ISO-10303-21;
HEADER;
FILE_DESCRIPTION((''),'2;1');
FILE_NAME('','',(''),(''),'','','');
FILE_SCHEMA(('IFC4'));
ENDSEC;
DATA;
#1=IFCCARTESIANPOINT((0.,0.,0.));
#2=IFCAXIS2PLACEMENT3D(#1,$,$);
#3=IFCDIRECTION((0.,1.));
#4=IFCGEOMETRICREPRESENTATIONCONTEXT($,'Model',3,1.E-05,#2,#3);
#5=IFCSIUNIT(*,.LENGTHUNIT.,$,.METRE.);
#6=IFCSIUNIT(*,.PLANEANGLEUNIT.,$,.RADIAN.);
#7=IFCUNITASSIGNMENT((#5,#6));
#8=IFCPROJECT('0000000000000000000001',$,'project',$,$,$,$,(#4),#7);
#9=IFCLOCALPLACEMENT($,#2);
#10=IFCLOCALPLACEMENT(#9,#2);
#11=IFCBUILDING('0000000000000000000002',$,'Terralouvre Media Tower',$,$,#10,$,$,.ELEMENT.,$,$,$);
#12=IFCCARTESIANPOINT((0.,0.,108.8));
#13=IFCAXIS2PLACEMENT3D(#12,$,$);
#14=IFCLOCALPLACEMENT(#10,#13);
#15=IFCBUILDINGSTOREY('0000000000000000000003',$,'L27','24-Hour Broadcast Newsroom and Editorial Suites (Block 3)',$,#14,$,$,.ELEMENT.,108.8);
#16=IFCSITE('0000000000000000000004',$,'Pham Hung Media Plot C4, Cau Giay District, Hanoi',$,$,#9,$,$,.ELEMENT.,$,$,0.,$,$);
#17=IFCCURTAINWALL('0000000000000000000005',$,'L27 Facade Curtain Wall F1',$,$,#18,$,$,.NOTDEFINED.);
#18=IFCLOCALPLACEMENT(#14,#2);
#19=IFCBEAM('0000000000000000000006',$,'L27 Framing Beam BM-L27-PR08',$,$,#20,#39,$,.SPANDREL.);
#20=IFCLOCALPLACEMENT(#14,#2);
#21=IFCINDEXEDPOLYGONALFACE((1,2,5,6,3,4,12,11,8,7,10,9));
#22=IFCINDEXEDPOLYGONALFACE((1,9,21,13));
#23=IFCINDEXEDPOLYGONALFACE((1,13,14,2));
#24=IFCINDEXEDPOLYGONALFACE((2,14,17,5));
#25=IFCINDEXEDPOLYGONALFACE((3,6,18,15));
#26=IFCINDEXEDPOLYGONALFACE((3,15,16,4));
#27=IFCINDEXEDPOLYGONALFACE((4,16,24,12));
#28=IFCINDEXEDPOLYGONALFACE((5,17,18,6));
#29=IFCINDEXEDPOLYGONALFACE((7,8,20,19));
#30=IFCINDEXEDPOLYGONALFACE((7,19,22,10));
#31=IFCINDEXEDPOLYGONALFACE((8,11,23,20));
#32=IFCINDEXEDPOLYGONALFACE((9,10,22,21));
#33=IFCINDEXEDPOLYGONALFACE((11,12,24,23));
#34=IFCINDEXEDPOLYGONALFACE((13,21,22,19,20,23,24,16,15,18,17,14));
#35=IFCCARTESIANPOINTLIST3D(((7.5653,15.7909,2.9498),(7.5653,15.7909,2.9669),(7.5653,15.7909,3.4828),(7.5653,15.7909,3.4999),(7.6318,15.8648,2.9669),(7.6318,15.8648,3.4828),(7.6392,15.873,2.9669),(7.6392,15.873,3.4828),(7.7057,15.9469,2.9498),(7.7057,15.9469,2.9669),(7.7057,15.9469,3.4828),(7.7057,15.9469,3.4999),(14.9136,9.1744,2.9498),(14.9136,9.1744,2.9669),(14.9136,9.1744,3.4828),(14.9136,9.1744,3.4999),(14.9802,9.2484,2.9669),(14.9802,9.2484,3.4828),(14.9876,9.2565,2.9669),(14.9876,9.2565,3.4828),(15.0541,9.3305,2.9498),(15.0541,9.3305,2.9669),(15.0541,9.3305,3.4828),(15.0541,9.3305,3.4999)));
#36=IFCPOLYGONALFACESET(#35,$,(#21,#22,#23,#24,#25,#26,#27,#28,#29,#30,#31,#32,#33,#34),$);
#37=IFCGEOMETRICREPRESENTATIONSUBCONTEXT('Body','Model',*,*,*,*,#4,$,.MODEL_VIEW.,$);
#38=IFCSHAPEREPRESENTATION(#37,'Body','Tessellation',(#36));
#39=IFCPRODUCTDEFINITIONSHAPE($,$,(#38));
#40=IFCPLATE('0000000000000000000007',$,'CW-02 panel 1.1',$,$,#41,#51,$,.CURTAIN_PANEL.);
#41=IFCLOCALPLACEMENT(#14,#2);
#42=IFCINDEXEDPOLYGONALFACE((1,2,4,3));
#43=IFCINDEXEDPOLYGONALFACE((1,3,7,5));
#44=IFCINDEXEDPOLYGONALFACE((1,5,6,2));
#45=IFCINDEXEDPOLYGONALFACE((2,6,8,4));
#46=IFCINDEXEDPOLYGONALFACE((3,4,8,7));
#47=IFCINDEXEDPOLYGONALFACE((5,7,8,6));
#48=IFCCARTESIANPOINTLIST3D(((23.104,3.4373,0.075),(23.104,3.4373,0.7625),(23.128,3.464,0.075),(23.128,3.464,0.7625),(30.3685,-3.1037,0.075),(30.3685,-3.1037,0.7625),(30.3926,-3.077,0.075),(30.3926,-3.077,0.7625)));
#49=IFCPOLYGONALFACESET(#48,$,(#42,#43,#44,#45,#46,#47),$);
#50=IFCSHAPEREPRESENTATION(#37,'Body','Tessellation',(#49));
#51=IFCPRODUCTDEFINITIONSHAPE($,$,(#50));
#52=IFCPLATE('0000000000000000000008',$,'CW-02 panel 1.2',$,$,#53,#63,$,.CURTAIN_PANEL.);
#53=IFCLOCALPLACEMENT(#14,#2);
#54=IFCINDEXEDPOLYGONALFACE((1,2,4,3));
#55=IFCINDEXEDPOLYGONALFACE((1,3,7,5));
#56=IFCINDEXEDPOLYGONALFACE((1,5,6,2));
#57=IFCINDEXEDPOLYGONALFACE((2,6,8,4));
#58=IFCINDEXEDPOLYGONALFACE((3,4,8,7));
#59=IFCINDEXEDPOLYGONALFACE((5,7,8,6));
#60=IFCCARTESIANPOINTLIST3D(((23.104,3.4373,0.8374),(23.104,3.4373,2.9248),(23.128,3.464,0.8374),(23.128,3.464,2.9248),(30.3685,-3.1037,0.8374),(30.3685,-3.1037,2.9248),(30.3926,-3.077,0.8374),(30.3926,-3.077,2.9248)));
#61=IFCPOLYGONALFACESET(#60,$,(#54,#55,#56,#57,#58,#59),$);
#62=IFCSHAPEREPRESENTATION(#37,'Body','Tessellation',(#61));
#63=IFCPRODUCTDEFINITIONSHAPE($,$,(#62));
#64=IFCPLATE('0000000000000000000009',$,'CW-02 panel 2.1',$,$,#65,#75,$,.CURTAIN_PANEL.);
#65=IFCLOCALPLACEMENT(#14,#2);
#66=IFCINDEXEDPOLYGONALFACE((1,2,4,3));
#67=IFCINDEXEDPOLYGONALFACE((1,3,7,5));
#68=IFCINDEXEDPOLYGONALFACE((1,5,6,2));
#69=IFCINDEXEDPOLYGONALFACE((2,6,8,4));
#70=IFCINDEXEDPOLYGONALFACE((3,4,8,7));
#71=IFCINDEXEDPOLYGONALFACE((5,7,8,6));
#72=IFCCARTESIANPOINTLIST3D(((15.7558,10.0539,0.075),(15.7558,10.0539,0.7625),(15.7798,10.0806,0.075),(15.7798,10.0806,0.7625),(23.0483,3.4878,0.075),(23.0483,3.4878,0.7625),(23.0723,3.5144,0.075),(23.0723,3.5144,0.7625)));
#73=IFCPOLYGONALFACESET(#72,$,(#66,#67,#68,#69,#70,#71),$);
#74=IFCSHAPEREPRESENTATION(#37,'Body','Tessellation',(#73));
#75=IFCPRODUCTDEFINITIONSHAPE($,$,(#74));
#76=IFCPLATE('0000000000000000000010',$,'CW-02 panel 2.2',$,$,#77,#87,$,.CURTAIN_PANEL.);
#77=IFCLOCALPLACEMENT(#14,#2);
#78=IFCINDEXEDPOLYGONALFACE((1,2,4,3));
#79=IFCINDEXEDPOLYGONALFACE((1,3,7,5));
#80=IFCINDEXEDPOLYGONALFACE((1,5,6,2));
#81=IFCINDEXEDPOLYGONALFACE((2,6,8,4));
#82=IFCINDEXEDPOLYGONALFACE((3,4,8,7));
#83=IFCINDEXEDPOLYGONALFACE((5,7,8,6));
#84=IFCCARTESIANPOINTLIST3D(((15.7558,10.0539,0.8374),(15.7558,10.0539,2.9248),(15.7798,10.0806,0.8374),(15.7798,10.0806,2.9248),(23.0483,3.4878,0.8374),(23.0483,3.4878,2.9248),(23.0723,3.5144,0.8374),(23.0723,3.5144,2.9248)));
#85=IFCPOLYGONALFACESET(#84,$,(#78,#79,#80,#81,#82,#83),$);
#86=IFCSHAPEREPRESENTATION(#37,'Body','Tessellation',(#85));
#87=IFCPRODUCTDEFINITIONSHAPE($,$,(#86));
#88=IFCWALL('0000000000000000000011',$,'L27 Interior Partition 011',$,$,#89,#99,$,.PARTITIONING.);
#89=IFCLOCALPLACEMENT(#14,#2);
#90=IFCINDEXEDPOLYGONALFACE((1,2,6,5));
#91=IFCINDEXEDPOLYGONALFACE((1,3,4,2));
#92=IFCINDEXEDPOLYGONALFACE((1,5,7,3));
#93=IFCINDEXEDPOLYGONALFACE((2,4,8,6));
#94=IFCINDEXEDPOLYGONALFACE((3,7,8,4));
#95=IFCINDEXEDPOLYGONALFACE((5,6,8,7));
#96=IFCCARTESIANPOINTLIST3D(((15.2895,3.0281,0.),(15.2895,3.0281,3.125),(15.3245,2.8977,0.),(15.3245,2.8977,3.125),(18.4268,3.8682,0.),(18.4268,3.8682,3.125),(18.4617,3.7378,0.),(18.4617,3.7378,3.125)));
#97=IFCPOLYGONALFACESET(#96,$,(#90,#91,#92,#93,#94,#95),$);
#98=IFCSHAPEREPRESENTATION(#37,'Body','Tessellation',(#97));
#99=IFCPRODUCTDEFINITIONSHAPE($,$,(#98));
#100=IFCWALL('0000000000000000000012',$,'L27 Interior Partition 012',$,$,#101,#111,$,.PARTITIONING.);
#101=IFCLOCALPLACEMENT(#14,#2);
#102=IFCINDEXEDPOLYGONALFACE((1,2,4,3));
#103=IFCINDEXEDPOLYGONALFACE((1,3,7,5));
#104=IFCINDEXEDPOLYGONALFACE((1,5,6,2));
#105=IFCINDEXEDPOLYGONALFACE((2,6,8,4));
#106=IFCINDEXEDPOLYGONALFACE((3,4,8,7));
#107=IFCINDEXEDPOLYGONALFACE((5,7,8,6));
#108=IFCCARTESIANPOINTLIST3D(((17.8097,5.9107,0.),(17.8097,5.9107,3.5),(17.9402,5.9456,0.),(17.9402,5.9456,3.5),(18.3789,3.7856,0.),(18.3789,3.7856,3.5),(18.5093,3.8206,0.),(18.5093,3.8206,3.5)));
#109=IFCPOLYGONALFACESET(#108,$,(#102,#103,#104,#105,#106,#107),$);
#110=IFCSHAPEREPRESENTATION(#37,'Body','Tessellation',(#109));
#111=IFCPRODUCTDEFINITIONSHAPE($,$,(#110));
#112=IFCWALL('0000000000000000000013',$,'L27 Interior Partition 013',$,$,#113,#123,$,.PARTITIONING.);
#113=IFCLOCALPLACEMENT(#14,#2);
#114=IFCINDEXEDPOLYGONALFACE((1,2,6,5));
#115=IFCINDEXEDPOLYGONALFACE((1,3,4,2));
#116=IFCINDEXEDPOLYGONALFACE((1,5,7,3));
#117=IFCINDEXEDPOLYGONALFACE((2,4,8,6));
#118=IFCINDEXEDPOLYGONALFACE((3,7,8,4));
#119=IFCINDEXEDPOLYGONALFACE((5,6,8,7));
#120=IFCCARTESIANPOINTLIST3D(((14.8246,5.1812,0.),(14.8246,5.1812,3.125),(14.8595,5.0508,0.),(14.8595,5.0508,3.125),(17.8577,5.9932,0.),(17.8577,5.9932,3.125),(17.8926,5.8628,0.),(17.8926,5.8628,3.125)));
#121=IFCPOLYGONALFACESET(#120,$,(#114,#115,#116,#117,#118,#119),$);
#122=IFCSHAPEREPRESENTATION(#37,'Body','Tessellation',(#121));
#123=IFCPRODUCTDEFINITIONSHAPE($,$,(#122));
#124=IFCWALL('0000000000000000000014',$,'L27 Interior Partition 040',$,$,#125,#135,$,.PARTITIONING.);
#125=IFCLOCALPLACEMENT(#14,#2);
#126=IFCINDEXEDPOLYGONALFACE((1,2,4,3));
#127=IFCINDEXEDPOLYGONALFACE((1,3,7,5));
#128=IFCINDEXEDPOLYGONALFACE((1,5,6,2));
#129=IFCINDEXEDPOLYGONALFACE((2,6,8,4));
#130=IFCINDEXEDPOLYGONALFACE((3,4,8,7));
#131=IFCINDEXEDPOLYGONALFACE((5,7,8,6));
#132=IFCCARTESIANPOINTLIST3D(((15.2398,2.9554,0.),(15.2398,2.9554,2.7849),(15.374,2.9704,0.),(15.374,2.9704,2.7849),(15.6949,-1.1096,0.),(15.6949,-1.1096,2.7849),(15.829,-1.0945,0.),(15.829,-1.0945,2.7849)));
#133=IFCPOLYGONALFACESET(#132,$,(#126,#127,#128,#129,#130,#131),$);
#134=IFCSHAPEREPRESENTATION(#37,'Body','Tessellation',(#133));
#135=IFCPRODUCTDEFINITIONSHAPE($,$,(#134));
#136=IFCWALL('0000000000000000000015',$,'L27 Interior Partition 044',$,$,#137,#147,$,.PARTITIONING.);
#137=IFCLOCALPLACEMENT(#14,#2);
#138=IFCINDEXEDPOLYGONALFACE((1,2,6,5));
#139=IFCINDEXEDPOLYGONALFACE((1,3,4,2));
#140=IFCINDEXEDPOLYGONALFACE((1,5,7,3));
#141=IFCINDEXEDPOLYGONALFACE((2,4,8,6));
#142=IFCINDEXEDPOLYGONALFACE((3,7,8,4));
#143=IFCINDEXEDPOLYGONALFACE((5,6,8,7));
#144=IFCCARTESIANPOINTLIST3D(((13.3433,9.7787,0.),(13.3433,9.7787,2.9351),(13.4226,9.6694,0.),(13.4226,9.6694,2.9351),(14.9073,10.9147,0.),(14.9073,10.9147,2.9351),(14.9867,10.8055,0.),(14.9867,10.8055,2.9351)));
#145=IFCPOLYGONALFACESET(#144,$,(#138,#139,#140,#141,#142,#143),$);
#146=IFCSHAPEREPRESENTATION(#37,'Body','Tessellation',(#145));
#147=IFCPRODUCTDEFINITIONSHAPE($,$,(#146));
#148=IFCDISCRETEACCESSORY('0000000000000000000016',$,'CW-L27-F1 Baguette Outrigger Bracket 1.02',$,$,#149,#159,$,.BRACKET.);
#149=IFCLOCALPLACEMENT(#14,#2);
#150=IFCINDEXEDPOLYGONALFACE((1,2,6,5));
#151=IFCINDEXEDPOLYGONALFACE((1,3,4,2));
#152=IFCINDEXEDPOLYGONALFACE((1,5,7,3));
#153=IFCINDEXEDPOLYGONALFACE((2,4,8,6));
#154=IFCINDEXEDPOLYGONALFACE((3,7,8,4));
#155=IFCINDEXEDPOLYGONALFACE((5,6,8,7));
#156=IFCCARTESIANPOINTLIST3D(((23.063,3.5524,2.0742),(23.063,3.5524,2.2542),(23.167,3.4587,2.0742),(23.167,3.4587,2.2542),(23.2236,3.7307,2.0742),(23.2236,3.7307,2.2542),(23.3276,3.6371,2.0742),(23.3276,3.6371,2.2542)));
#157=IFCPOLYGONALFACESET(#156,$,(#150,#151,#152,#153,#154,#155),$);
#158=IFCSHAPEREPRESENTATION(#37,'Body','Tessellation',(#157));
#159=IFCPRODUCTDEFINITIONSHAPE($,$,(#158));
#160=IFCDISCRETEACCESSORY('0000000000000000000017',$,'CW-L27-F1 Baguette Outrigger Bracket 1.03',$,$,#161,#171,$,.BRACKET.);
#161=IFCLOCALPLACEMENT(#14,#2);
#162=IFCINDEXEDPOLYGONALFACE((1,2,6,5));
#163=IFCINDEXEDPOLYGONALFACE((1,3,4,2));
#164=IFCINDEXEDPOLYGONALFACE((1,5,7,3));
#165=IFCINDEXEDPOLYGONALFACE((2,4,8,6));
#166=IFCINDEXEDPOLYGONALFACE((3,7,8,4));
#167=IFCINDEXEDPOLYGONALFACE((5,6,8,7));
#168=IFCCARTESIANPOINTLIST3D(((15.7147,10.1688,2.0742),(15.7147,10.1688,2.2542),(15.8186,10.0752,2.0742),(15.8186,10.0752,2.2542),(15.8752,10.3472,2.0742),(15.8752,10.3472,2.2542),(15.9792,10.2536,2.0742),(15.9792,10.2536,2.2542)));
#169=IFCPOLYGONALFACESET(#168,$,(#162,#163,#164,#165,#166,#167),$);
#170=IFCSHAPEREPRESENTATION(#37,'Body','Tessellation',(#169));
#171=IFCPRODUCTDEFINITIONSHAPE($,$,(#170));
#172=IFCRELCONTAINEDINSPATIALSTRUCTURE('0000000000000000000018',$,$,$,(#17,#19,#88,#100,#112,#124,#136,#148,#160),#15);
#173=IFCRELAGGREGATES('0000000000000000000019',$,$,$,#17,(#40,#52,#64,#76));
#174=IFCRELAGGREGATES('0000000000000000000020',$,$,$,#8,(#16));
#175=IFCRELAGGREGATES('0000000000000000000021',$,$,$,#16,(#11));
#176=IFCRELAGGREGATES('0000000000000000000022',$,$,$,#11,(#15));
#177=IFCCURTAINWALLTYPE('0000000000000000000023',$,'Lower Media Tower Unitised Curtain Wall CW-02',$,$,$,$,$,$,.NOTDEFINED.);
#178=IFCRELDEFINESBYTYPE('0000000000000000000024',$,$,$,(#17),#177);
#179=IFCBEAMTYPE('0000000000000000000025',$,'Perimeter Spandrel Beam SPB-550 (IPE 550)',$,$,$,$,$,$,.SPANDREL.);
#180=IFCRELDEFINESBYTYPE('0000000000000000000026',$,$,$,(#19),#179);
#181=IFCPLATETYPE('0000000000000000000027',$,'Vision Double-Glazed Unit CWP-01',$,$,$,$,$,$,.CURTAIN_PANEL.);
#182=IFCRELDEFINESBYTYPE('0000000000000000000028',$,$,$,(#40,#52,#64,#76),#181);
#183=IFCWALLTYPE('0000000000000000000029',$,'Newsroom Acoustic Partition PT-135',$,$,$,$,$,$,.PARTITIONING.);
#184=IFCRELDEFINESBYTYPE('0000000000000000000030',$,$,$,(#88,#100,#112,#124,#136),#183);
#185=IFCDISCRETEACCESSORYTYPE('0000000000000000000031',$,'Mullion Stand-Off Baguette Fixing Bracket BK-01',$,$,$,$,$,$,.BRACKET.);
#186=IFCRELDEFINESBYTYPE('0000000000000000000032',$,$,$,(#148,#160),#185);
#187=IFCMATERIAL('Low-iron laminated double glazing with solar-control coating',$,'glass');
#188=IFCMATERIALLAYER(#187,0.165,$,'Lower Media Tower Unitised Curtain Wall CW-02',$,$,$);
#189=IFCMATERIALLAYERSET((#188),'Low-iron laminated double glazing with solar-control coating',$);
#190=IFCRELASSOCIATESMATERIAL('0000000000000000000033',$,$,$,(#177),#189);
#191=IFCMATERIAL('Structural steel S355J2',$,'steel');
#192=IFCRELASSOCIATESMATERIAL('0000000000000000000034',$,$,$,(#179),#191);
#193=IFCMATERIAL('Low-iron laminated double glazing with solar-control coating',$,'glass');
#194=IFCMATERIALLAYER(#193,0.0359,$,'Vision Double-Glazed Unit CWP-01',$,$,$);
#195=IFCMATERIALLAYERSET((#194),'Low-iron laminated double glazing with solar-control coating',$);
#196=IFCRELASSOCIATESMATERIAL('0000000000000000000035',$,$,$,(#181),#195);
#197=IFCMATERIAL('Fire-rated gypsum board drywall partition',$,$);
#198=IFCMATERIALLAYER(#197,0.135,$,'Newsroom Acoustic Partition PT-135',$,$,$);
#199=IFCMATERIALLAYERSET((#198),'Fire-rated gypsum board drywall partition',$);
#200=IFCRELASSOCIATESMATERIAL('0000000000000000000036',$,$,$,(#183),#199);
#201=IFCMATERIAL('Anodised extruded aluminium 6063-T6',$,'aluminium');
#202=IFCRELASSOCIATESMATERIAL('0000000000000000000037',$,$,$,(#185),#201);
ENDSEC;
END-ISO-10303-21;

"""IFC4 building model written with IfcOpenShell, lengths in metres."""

from ifc_helpers import new_model, si_unit, direction, frame, frame_2d, origin, origin_2d, place, context, subcontext, project, spatial, rectangle, i_section, extrude, material, layer, layer_set, material_profile, profile_set, type_object, element, aggregate, save


model = new_model("IFC4")

# Units and contexts
model_context = context("Model", 3, precision=1e-05, world=origin(), true_north=direction((0.0, 1.0)))
body_context = subcontext(model_context, "Body", "Model", "MODEL_VIEW")
ifc_project = project(units=[si_unit("LENGTHUNIT", "METRE"), si_unit("PLANEANGLEUNIT", "RADIAN")], contexts=[model_context])

# Site, building, storey
site_placement = place(None, origin())
site = spatial("IfcSite", under=ifc_project, at=site_placement, Name="Pham Hung Media Plot C4, Cau Giay District, Hanoi", CompositionType="ELEMENT", RefElevation=0.0)
building_placement = place(site_placement, origin())
building = spatial("IfcBuilding", under=site, at=building_placement, Name="Terralouvre Media Tower", CompositionType="ELEMENT")
storey_placement = place(building_placement, frame((0.0, 0.0, 108.8)))
storey = spatial("IfcBuildingStorey", under=building, at=storey_placement, Name="L27", Description="24-Hour Broadcast Newsroom and Editorial Suites (Block 3)", CompositionType="ELEMENT", Elevation=108.8)

# Curtain wall
ifc_material_1 = material(Name="Low-iron laminated double glazing with solar-control coating", Category="glass")
ifc_layer_1 = layer(ifc_material_1, 0.165, Name="Lower Media Tower Unitised Curtain Wall CW-02")
ifc_layer_set_1 = layer_set([ifc_layer_1], Name="Low-iron laminated double glazing with solar-control coating")
curtain_wall_type = type_object("IfcCurtainWallType", Name="Lower Media Tower Unitised Curtain Wall CW-02", PredefinedType="NOTDEFINED", material=ifc_layer_set_1)
curtain_wall_placement = place(storey_placement, origin())
curtain_wall = element("IfcCurtainWall", 1, at=curtain_wall_placement, inside=storey, type_object=curtain_wall_type, Name="L27 Facade Curtain Wall F1", PredefinedType="NOTDEFINED")

# Beam
ifc_material_2 = material(Name="Structural steel S355J2", Category="steel")
ifc_material_profile_1 = material_profile(ifc_material_2, i_section(OverallWidth=0.21, OverallDepth=0.55, WebThickness=0.011, FlangeThickness=0.0171, at=origin_2d()), Name="IPE 550")
ifc_profile_set_1 = profile_set([ifc_material_profile_1], Name="Structural steel S355J2")
beam_type_1 = type_object("IfcBeamType", Name="Perimeter Spandrel Beam SPB-550 (IPE 550)", PredefinedType="SPANDREL", material=ifc_profile_set_1)
beam_1_placement = place(storey_placement, frame((14.9839, 9.2524, 3.2249), z_axis=(-0.743148, 0.669127, 0.0), x_axis=(-0.669127, -0.743148, 0.0)))
element("IfcBeam", 2, at=beam_1_placement, inside=storey, type_object=beam_type_1, Name="L27 Framing Beam BM-L27-PR08", PredefinedType="SPANDREL", context=body_context, shape_type="SweptSolid", body=[
    extrude(i_section(OverallWidth=0.21, OverallDepth=0.55, WebThickness=0.011, FlangeThickness=0.0171, at=origin_2d()), origin(), (0.0, 0.0, 1.0), 9.8882),
])

# Plates
ifc_material_3 = material(Name="Low-iron laminated double glazing with solar-control coating", Category="glass")
ifc_layer_2 = layer(ifc_material_3, 0.0359, Name="Vision Double-Glazed Unit CWP-01")
ifc_layer_set_2 = layer_set([ifc_layer_2], Name="Low-iron laminated double glazing with solar-control coating")
plate_type = type_object("IfcPlateType", Name="Vision Double-Glazed Unit CWP-01", PredefinedType="CURTAIN_PANEL", material=ifc_layer_set_2)
plate_1_placement = place(storey_placement, frame((26.7483, 0.1802, 0.075), z_axis=(0.0, 0.0, 1.0), x_axis=(-0.743145, 0.669131, 0.0)))
plate_1 = element("IfcPlate", 3, at=plate_1_placement, type_object=plate_type, Name="CW-02 panel 1.1", PredefinedType="CURTAIN_PANEL", context=body_context, shape_type="SweptSolid", body=[
    extrude(rectangle(XDim=9.7754, YDim=0.0359, at=origin_2d()), origin(), (0.0, 0.0, 1.0), 0.6875),
])
plate_2_placement = place(storey_placement, frame((26.7483, 0.1802, 0.8374), z_axis=(0.0, 0.0, 1.0), x_axis=(-0.743145, 0.669131, 0.0)))
plate_2 = element("IfcPlate", 4, at=plate_2_placement, type_object=plate_type, Name="CW-02 panel 1.2", PredefinedType="CURTAIN_PANEL", context=body_context, shape_type="SweptSolid", body=[
    extrude(rectangle(XDim=9.7754, YDim=0.0359, at=origin_2d()), origin(), (0.0, 0.0, 1.0), 2.0874),
])
plate_3_placement = place(storey_placement, frame((19.4141, 6.7842, 0.075), z_axis=(0.0, 0.0, 1.0), x_axis=(-0.743145, 0.669131, 0.0)))
plate_3 = element("IfcPlate", 5, at=plate_3_placement, type_object=plate_type, Name="CW-02 panel 2.1", PredefinedType="CURTAIN_PANEL", context=body_context, shape_type="SweptSolid", body=[
    extrude(rectangle(XDim=9.813, YDim=0.0359, at=origin_2d()), origin(), (0.0, 0.0, 1.0), 0.6875),
])
plate_4_placement = place(storey_placement, frame((19.4141, 6.7842, 0.8374), z_axis=(0.0, 0.0, 1.0), x_axis=(-0.743145, 0.669131, 0.0)))
plate_4 = element("IfcPlate", 6, at=plate_4_placement, type_object=plate_type, Name="CW-02 panel 2.2", PredefinedType="CURTAIN_PANEL", context=body_context, shape_type="SweptSolid", body=[
    extrude(rectangle(XDim=9.813, YDim=0.0359, at=origin_2d()), origin(), (0.0, 0.0, 1.0), 2.0874),
])
aggregate(curtain_wall, [plate_1, plate_2, plate_3, plate_4])

# Walls
ifc_material_4 = material(Name="Fire-rated gypsum board drywall partition")
ifc_layer_3 = layer(ifc_material_4, 0.135, Name="Newsroom Acoustic Partition PT-135")
ifc_layer_set_3 = layer_set([ifc_layer_3], Name="Fire-rated gypsum board drywall partition")
wall_type = type_object("IfcWallType", Name="Newsroom Acoustic Partition PT-135", PredefinedType="PARTITIONING", material=ifc_layer_set_3)
wall_1_placement = place(storey_placement, frame((15.3069, 2.9629, 0.0), z_axis=(0.0, 0.0, 1.0), x_axis=(0.965966, 0.258668, 0.0)))
element("IfcWall", 7, at=wall_1_placement, inside=storey, type_object=wall_type, Name="L27 Interior Partition 011", PredefinedType="PARTITIONING", context=body_context, shape_type="SweptSolid", body=[
    extrude(rectangle(XDim=3.2478, YDim=0.135, at=frame_2d((1.624, 0.0))), origin(), (0.0, 0.0, 1.0), 3.125),
])
wall_2_placement = place(storey_placement, frame((18.4441, 3.803, 0.0), z_axis=(0.0, 0.0, 1.0), x_axis=(-0.258692, 0.96596, 0.0)))
element("IfcWall", 8, at=wall_2_placement, inside=storey, type_object=wall_type, Name="L27 Interior Partition 012", PredefinedType="PARTITIONING", context=body_context, shape_type="SweptSolid", body=[
    extrude(rectangle(XDim=2.2, YDim=0.135, at=frame_2d((1.1001, 0.0))), origin(), (0.0, 0.0, 1.0), 3.5),
])
wall_3_placement = place(storey_placement, frame((17.875, 5.928, 0.0), z_axis=(0.0, 0.0, 1.0), x_axis=(-0.965979, -0.258621, 0.0)))
element("IfcWall", 9, at=wall_3_placement, inside=storey, type_object=wall_type, Name="L27 Interior Partition 013", PredefinedType="PARTITIONING", context=body_context, shape_type="SweptSolid", body=[
    extrude(rectangle(XDim=3.1399, YDim=0.135, at=frame_2d((1.5698, 0.0))), origin(), (0.0, 0.0, 1.0), 3.125),
])
wall_4_placement = place(storey_placement, frame((15.3069, 2.9629, 0.0), z_axis=(0.0, 0.0, 1.0), x_axis=(0.111257, -0.993792, 0.0)))
element("IfcWall", 10, at=wall_4_placement, inside=storey, type_object=wall_type, Name="L27 Interior Partition 040", PredefinedType="PARTITIONING", context=body_context, shape_type="SweptSolid", body=[
    extrude(rectangle(XDim=4.0903, YDim=0.135, at=frame_2d((2.0452, 0.0))), origin(), (0.0, 0.0, 1.0), 2.7849),
])
wall_5_placement = place(storey_placement, frame((14.947, 10.8601, 0.0), z_axis=(0.0, 0.0, 1.0), x_axis=(-0.809091, -0.587683, 0.0)))
element("IfcWall", 11, at=wall_5_placement, inside=storey, type_object=wall_type, Name="L27 Interior Partition 044", PredefinedType="PARTITIONING", context=body_context, shape_type="SweptSolid", body=[
    extrude(rectangle(XDim=1.9331, YDim=0.135, at=frame_2d((0.9666, 0.0))), origin(), (0.0, 0.0, 1.0), 2.9351),
])

# Discrete accessories
ifc_material_5 = material(Name="Anodised extruded aluminium 6063-T6", Category="aluminium")
discrete_accessory_type = type_object("IfcDiscreteAccessoryType", Name="Mullion Stand-Off Baguette Fixing Bracket BK-01", PredefinedType="BRACKET", material=ifc_material_5)
for number, where, z_axis, x_axis, name in (
    (12, (23.1953, 3.5947, 2.0742), (0.0, 0.0, 1.0), (-0.743145, 0.669131, 0.0), "CW-L27-F1 Baguette Outrigger Bracket 1.02"),
    (13, (15.8469, 10.2112, 2.0742), (0.0, 0.0, 1.0), (-0.743145, 0.669131, 0.0), "CW-L27-F1 Baguette Outrigger Bracket 1.03"),
):
    element("IfcDiscreteAccessory", number, at=place(storey_placement, frame(where, z_axis=z_axis, x_axis=x_axis)), inside=storey, type_object=discrete_accessory_type, Name=name, PredefinedType="BRACKET", context=body_context, shape_type="SweptSolid", body=[
        extrude(rectangle(XDim=0.1399, YDim=0.24, at=origin_2d()), origin(), (0.0, 0.0, 1.0), 0.1799),
    ])

save(model, "model.ifc")
